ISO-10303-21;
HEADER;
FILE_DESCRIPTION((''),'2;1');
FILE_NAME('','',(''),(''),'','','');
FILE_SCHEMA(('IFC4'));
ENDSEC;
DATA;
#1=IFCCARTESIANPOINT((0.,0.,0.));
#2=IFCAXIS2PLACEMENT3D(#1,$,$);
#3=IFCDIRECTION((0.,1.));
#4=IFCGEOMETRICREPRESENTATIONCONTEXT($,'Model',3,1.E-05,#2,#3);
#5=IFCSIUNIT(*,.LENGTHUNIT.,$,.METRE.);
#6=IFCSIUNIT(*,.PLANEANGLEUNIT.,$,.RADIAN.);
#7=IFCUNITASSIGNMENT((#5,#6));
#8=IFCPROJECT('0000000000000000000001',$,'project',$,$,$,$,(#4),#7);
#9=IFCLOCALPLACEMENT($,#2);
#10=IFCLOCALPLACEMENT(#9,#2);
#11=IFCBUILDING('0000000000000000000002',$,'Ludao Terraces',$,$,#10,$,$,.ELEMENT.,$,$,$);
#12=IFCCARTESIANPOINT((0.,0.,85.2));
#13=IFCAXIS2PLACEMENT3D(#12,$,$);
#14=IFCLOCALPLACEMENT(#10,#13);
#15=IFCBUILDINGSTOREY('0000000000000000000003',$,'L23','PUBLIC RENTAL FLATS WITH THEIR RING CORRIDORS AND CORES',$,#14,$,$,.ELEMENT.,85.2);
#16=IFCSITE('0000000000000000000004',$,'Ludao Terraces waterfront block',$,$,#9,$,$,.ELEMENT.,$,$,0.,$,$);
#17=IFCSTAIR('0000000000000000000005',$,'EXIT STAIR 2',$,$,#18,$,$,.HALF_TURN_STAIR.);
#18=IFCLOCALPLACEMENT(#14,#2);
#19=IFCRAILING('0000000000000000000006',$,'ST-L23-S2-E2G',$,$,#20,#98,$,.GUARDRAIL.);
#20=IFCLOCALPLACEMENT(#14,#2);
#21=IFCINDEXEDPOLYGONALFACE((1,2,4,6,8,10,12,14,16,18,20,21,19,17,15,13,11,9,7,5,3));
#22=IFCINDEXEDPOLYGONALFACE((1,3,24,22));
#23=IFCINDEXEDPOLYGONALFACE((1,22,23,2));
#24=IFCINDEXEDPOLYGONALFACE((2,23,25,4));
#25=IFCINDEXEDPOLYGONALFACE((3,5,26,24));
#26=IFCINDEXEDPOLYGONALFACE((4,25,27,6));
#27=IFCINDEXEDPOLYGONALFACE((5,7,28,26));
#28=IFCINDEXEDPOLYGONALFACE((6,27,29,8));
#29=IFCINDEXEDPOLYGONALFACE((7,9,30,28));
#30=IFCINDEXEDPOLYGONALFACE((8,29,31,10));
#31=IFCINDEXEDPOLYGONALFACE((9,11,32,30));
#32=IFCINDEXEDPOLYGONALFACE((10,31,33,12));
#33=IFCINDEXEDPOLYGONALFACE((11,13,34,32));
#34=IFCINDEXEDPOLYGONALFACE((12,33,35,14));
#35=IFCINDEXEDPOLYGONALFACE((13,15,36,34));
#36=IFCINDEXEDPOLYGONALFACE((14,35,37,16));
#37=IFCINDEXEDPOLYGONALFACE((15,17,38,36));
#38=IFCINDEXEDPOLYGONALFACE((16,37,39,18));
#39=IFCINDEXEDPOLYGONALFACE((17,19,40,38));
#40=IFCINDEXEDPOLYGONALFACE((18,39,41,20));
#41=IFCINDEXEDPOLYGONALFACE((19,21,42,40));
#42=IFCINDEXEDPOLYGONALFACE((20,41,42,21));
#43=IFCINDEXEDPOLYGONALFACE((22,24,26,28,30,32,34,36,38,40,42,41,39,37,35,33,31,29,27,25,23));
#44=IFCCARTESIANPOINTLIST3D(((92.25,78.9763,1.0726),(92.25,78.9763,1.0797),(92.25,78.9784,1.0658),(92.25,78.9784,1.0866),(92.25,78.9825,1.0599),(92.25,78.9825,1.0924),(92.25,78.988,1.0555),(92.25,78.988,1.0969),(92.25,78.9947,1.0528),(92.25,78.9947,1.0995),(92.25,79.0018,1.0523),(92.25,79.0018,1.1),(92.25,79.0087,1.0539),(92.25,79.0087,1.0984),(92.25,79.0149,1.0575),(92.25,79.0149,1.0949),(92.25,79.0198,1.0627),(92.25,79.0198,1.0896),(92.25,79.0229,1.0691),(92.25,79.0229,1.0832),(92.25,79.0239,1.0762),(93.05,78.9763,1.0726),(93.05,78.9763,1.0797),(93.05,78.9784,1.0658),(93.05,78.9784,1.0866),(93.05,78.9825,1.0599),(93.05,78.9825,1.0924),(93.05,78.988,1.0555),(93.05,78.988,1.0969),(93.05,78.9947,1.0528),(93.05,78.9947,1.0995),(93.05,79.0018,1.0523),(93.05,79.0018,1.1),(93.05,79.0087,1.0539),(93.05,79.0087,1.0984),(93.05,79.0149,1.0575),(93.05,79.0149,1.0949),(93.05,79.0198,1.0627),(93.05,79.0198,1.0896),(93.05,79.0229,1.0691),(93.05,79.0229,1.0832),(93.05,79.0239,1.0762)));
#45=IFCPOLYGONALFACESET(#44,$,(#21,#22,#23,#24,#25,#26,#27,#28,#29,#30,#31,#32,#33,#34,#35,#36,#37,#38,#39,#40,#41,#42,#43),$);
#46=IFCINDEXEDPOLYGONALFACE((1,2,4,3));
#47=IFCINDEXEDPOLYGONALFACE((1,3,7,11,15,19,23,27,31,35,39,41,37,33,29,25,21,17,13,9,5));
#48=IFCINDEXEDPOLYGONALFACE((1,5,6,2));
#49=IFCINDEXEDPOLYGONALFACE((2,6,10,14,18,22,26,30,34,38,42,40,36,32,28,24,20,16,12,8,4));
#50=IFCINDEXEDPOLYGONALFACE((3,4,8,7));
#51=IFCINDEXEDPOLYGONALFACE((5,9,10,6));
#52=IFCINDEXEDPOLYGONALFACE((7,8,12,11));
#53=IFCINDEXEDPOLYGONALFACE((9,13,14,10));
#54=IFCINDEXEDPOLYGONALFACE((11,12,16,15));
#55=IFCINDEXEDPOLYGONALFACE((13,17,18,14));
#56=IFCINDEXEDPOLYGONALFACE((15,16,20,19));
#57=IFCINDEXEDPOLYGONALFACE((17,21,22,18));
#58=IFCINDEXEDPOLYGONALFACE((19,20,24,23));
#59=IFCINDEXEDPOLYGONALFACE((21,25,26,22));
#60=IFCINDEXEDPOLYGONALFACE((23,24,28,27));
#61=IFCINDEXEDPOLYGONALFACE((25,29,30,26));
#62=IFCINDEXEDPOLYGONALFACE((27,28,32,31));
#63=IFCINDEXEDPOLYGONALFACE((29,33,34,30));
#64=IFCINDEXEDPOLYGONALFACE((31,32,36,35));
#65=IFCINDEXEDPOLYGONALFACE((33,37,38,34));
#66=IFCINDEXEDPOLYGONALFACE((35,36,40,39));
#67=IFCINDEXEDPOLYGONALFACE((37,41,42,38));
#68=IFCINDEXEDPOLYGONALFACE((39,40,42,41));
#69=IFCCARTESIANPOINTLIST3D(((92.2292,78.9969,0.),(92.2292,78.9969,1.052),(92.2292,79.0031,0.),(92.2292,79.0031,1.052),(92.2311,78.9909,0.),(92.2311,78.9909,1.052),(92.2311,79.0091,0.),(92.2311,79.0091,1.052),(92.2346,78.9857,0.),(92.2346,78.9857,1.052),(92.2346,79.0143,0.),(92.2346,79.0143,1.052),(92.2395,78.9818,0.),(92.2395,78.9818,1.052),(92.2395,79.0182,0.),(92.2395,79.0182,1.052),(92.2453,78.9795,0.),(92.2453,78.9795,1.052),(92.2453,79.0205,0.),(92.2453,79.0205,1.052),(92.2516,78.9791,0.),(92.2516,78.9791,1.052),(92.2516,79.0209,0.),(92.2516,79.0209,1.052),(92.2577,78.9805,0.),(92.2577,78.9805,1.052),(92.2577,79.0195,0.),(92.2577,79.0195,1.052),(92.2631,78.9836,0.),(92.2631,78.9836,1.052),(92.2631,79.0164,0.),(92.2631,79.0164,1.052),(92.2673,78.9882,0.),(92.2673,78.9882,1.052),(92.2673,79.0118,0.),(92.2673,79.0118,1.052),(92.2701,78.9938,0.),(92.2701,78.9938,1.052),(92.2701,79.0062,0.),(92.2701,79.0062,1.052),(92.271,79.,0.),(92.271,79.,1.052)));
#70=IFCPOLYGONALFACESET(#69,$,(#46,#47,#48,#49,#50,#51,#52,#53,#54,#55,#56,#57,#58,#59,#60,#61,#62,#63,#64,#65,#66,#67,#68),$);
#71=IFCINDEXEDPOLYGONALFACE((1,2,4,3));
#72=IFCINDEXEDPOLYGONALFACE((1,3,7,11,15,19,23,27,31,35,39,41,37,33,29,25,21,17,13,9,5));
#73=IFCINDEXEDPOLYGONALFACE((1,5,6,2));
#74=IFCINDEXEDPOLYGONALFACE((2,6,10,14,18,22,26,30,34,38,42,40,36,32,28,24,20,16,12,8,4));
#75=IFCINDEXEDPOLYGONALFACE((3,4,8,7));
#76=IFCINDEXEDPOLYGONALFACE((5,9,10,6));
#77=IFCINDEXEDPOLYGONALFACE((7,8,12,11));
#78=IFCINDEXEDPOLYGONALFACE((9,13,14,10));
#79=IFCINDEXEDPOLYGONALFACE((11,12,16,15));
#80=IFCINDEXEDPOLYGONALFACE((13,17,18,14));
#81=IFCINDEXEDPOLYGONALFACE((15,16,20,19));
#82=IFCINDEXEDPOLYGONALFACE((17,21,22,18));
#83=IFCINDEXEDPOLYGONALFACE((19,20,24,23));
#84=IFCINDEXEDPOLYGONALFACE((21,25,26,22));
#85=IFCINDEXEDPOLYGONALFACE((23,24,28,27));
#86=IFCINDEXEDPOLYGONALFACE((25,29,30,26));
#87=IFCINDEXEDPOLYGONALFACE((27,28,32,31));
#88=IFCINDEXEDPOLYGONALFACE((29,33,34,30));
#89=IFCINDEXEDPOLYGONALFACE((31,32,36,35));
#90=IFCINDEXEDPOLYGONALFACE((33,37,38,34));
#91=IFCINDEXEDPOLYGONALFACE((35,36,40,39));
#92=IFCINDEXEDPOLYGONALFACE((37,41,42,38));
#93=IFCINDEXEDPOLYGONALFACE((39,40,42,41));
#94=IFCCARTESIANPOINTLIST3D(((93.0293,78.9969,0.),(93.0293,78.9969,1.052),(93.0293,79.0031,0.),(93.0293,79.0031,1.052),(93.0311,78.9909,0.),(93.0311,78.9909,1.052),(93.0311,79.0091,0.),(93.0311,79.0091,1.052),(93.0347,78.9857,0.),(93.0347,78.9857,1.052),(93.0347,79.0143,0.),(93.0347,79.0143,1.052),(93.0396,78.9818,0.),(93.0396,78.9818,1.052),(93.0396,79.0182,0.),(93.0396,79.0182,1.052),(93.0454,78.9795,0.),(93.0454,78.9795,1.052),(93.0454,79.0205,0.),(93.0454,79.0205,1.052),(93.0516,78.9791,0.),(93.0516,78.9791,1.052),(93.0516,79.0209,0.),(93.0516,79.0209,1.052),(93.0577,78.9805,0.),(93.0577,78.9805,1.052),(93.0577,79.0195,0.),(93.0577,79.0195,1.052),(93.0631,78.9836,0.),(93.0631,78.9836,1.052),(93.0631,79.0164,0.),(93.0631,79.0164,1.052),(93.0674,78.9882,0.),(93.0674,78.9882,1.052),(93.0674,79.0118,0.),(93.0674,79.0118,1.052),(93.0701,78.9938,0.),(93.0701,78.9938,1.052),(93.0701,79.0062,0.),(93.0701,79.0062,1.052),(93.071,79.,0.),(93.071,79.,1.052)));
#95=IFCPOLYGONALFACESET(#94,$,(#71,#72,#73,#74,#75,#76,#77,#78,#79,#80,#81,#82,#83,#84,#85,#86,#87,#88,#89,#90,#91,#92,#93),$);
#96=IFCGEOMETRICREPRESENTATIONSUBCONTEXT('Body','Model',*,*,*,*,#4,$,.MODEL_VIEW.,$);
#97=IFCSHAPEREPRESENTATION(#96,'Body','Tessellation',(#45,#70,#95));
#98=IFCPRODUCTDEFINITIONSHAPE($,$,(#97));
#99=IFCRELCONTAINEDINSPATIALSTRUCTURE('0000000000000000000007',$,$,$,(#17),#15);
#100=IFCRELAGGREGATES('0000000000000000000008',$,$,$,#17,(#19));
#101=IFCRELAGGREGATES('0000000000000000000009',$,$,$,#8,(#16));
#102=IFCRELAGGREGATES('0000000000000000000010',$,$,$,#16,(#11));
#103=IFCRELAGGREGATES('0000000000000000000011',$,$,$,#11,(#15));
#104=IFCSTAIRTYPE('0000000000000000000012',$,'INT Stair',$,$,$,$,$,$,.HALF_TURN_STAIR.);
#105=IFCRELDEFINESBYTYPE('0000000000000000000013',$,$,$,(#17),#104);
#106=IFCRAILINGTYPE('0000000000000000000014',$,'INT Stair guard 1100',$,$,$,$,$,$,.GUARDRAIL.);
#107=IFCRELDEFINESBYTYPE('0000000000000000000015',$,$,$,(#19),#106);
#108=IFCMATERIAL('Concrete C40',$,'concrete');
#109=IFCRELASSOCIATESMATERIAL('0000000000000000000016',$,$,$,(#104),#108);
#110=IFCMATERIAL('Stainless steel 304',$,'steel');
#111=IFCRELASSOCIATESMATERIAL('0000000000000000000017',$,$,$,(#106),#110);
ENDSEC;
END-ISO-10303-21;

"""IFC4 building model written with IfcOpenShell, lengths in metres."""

from ifc_helpers import new_model, si_unit, direction, frame, origin, origin_2d, place, context, subcontext, project, spatial, circle, extrude, material, type_object, element, aggregate, save


model = new_model("IFC4")

# Units and contexts
model_context = context("Model", 3, precision=1e-05, world=origin(), true_north=direction((0.0, 1.0)))
body_context = subcontext(model_context, "Body", "Model", "MODEL_VIEW")
ifc_project = project(units=[si_unit("LENGTHUNIT", "METRE"), si_unit("PLANEANGLEUNIT", "RADIAN")], contexts=[model_context])

# Site, building, storey
site_placement = place(None, origin())
site = spatial("IfcSite", under=ifc_project, at=site_placement, Name="Ludao Terraces waterfront block", CompositionType="ELEMENT", RefElevation=0.0)
building_placement = place(site_placement, origin())
building = spatial("IfcBuilding", under=site, at=building_placement, Name="Ludao Terraces", CompositionType="ELEMENT")
storey_placement = place(building_placement, frame((0.0, 0.0, 85.2)))
storey = spatial("IfcBuildingStorey", under=building, at=storey_placement, Name="L23", Description="PUBLIC RENTAL FLATS WITH THEIR RING CORRIDORS AND CORES", CompositionType="ELEMENT", Elevation=85.2)

# Stair, railing
ifc_material_1 = material(Name="Concrete C40", Category="concrete")
stair_type = type_object("IfcStairType", Name="INT Stair", PredefinedType="HALF_TURN_STAIR", material=ifc_material_1)
stair_placement = place(storey_placement, origin())
stair = element("IfcStair", 1, at=stair_placement, inside=storey, type_object=stair_type, Name="EXIT STAIR 2", PredefinedType="HALF_TURN_STAIR")
ifc_material_2 = material(Name="Stainless steel 304", Category="steel")
railing_type_1 = type_object("IfcRailingType", Name="INT Stair guard 1100", PredefinedType="GUARDRAIL", material=ifc_material_2)
railing_1_placement = place(storey_placement, frame((92.25, 79.0, 0.0)))
railing_1 = element("IfcRailing", 2, at=railing_1_placement, type_object=railing_type_1, Name="ST-L23-S2-E2G", PredefinedType="GUARDRAIL", context=body_context, shape_type="SweptSolid", body=[
    extrude(circle(Radius=0.0239, at=origin_2d()), frame((0.0, 0.0, 1.0762), z_axis=(1.0, 0.0, 0.0), x_axis=(0.0, 1.0, 0.0)), (0.0, 0.0, 1.0), 0.8),
    extrude(circle(Radius=0.021, at=origin_2d()), origin(), (0.0, 0.0, 1.0), 1.052),
    extrude(circle(Radius=0.021, at=origin_2d()), frame((0.8, 0.0, 0.0)), (0.0, 0.0, 1.0), 1.052),
])
aggregate(stair, [railing_1])

save(model, "model.ifc")
